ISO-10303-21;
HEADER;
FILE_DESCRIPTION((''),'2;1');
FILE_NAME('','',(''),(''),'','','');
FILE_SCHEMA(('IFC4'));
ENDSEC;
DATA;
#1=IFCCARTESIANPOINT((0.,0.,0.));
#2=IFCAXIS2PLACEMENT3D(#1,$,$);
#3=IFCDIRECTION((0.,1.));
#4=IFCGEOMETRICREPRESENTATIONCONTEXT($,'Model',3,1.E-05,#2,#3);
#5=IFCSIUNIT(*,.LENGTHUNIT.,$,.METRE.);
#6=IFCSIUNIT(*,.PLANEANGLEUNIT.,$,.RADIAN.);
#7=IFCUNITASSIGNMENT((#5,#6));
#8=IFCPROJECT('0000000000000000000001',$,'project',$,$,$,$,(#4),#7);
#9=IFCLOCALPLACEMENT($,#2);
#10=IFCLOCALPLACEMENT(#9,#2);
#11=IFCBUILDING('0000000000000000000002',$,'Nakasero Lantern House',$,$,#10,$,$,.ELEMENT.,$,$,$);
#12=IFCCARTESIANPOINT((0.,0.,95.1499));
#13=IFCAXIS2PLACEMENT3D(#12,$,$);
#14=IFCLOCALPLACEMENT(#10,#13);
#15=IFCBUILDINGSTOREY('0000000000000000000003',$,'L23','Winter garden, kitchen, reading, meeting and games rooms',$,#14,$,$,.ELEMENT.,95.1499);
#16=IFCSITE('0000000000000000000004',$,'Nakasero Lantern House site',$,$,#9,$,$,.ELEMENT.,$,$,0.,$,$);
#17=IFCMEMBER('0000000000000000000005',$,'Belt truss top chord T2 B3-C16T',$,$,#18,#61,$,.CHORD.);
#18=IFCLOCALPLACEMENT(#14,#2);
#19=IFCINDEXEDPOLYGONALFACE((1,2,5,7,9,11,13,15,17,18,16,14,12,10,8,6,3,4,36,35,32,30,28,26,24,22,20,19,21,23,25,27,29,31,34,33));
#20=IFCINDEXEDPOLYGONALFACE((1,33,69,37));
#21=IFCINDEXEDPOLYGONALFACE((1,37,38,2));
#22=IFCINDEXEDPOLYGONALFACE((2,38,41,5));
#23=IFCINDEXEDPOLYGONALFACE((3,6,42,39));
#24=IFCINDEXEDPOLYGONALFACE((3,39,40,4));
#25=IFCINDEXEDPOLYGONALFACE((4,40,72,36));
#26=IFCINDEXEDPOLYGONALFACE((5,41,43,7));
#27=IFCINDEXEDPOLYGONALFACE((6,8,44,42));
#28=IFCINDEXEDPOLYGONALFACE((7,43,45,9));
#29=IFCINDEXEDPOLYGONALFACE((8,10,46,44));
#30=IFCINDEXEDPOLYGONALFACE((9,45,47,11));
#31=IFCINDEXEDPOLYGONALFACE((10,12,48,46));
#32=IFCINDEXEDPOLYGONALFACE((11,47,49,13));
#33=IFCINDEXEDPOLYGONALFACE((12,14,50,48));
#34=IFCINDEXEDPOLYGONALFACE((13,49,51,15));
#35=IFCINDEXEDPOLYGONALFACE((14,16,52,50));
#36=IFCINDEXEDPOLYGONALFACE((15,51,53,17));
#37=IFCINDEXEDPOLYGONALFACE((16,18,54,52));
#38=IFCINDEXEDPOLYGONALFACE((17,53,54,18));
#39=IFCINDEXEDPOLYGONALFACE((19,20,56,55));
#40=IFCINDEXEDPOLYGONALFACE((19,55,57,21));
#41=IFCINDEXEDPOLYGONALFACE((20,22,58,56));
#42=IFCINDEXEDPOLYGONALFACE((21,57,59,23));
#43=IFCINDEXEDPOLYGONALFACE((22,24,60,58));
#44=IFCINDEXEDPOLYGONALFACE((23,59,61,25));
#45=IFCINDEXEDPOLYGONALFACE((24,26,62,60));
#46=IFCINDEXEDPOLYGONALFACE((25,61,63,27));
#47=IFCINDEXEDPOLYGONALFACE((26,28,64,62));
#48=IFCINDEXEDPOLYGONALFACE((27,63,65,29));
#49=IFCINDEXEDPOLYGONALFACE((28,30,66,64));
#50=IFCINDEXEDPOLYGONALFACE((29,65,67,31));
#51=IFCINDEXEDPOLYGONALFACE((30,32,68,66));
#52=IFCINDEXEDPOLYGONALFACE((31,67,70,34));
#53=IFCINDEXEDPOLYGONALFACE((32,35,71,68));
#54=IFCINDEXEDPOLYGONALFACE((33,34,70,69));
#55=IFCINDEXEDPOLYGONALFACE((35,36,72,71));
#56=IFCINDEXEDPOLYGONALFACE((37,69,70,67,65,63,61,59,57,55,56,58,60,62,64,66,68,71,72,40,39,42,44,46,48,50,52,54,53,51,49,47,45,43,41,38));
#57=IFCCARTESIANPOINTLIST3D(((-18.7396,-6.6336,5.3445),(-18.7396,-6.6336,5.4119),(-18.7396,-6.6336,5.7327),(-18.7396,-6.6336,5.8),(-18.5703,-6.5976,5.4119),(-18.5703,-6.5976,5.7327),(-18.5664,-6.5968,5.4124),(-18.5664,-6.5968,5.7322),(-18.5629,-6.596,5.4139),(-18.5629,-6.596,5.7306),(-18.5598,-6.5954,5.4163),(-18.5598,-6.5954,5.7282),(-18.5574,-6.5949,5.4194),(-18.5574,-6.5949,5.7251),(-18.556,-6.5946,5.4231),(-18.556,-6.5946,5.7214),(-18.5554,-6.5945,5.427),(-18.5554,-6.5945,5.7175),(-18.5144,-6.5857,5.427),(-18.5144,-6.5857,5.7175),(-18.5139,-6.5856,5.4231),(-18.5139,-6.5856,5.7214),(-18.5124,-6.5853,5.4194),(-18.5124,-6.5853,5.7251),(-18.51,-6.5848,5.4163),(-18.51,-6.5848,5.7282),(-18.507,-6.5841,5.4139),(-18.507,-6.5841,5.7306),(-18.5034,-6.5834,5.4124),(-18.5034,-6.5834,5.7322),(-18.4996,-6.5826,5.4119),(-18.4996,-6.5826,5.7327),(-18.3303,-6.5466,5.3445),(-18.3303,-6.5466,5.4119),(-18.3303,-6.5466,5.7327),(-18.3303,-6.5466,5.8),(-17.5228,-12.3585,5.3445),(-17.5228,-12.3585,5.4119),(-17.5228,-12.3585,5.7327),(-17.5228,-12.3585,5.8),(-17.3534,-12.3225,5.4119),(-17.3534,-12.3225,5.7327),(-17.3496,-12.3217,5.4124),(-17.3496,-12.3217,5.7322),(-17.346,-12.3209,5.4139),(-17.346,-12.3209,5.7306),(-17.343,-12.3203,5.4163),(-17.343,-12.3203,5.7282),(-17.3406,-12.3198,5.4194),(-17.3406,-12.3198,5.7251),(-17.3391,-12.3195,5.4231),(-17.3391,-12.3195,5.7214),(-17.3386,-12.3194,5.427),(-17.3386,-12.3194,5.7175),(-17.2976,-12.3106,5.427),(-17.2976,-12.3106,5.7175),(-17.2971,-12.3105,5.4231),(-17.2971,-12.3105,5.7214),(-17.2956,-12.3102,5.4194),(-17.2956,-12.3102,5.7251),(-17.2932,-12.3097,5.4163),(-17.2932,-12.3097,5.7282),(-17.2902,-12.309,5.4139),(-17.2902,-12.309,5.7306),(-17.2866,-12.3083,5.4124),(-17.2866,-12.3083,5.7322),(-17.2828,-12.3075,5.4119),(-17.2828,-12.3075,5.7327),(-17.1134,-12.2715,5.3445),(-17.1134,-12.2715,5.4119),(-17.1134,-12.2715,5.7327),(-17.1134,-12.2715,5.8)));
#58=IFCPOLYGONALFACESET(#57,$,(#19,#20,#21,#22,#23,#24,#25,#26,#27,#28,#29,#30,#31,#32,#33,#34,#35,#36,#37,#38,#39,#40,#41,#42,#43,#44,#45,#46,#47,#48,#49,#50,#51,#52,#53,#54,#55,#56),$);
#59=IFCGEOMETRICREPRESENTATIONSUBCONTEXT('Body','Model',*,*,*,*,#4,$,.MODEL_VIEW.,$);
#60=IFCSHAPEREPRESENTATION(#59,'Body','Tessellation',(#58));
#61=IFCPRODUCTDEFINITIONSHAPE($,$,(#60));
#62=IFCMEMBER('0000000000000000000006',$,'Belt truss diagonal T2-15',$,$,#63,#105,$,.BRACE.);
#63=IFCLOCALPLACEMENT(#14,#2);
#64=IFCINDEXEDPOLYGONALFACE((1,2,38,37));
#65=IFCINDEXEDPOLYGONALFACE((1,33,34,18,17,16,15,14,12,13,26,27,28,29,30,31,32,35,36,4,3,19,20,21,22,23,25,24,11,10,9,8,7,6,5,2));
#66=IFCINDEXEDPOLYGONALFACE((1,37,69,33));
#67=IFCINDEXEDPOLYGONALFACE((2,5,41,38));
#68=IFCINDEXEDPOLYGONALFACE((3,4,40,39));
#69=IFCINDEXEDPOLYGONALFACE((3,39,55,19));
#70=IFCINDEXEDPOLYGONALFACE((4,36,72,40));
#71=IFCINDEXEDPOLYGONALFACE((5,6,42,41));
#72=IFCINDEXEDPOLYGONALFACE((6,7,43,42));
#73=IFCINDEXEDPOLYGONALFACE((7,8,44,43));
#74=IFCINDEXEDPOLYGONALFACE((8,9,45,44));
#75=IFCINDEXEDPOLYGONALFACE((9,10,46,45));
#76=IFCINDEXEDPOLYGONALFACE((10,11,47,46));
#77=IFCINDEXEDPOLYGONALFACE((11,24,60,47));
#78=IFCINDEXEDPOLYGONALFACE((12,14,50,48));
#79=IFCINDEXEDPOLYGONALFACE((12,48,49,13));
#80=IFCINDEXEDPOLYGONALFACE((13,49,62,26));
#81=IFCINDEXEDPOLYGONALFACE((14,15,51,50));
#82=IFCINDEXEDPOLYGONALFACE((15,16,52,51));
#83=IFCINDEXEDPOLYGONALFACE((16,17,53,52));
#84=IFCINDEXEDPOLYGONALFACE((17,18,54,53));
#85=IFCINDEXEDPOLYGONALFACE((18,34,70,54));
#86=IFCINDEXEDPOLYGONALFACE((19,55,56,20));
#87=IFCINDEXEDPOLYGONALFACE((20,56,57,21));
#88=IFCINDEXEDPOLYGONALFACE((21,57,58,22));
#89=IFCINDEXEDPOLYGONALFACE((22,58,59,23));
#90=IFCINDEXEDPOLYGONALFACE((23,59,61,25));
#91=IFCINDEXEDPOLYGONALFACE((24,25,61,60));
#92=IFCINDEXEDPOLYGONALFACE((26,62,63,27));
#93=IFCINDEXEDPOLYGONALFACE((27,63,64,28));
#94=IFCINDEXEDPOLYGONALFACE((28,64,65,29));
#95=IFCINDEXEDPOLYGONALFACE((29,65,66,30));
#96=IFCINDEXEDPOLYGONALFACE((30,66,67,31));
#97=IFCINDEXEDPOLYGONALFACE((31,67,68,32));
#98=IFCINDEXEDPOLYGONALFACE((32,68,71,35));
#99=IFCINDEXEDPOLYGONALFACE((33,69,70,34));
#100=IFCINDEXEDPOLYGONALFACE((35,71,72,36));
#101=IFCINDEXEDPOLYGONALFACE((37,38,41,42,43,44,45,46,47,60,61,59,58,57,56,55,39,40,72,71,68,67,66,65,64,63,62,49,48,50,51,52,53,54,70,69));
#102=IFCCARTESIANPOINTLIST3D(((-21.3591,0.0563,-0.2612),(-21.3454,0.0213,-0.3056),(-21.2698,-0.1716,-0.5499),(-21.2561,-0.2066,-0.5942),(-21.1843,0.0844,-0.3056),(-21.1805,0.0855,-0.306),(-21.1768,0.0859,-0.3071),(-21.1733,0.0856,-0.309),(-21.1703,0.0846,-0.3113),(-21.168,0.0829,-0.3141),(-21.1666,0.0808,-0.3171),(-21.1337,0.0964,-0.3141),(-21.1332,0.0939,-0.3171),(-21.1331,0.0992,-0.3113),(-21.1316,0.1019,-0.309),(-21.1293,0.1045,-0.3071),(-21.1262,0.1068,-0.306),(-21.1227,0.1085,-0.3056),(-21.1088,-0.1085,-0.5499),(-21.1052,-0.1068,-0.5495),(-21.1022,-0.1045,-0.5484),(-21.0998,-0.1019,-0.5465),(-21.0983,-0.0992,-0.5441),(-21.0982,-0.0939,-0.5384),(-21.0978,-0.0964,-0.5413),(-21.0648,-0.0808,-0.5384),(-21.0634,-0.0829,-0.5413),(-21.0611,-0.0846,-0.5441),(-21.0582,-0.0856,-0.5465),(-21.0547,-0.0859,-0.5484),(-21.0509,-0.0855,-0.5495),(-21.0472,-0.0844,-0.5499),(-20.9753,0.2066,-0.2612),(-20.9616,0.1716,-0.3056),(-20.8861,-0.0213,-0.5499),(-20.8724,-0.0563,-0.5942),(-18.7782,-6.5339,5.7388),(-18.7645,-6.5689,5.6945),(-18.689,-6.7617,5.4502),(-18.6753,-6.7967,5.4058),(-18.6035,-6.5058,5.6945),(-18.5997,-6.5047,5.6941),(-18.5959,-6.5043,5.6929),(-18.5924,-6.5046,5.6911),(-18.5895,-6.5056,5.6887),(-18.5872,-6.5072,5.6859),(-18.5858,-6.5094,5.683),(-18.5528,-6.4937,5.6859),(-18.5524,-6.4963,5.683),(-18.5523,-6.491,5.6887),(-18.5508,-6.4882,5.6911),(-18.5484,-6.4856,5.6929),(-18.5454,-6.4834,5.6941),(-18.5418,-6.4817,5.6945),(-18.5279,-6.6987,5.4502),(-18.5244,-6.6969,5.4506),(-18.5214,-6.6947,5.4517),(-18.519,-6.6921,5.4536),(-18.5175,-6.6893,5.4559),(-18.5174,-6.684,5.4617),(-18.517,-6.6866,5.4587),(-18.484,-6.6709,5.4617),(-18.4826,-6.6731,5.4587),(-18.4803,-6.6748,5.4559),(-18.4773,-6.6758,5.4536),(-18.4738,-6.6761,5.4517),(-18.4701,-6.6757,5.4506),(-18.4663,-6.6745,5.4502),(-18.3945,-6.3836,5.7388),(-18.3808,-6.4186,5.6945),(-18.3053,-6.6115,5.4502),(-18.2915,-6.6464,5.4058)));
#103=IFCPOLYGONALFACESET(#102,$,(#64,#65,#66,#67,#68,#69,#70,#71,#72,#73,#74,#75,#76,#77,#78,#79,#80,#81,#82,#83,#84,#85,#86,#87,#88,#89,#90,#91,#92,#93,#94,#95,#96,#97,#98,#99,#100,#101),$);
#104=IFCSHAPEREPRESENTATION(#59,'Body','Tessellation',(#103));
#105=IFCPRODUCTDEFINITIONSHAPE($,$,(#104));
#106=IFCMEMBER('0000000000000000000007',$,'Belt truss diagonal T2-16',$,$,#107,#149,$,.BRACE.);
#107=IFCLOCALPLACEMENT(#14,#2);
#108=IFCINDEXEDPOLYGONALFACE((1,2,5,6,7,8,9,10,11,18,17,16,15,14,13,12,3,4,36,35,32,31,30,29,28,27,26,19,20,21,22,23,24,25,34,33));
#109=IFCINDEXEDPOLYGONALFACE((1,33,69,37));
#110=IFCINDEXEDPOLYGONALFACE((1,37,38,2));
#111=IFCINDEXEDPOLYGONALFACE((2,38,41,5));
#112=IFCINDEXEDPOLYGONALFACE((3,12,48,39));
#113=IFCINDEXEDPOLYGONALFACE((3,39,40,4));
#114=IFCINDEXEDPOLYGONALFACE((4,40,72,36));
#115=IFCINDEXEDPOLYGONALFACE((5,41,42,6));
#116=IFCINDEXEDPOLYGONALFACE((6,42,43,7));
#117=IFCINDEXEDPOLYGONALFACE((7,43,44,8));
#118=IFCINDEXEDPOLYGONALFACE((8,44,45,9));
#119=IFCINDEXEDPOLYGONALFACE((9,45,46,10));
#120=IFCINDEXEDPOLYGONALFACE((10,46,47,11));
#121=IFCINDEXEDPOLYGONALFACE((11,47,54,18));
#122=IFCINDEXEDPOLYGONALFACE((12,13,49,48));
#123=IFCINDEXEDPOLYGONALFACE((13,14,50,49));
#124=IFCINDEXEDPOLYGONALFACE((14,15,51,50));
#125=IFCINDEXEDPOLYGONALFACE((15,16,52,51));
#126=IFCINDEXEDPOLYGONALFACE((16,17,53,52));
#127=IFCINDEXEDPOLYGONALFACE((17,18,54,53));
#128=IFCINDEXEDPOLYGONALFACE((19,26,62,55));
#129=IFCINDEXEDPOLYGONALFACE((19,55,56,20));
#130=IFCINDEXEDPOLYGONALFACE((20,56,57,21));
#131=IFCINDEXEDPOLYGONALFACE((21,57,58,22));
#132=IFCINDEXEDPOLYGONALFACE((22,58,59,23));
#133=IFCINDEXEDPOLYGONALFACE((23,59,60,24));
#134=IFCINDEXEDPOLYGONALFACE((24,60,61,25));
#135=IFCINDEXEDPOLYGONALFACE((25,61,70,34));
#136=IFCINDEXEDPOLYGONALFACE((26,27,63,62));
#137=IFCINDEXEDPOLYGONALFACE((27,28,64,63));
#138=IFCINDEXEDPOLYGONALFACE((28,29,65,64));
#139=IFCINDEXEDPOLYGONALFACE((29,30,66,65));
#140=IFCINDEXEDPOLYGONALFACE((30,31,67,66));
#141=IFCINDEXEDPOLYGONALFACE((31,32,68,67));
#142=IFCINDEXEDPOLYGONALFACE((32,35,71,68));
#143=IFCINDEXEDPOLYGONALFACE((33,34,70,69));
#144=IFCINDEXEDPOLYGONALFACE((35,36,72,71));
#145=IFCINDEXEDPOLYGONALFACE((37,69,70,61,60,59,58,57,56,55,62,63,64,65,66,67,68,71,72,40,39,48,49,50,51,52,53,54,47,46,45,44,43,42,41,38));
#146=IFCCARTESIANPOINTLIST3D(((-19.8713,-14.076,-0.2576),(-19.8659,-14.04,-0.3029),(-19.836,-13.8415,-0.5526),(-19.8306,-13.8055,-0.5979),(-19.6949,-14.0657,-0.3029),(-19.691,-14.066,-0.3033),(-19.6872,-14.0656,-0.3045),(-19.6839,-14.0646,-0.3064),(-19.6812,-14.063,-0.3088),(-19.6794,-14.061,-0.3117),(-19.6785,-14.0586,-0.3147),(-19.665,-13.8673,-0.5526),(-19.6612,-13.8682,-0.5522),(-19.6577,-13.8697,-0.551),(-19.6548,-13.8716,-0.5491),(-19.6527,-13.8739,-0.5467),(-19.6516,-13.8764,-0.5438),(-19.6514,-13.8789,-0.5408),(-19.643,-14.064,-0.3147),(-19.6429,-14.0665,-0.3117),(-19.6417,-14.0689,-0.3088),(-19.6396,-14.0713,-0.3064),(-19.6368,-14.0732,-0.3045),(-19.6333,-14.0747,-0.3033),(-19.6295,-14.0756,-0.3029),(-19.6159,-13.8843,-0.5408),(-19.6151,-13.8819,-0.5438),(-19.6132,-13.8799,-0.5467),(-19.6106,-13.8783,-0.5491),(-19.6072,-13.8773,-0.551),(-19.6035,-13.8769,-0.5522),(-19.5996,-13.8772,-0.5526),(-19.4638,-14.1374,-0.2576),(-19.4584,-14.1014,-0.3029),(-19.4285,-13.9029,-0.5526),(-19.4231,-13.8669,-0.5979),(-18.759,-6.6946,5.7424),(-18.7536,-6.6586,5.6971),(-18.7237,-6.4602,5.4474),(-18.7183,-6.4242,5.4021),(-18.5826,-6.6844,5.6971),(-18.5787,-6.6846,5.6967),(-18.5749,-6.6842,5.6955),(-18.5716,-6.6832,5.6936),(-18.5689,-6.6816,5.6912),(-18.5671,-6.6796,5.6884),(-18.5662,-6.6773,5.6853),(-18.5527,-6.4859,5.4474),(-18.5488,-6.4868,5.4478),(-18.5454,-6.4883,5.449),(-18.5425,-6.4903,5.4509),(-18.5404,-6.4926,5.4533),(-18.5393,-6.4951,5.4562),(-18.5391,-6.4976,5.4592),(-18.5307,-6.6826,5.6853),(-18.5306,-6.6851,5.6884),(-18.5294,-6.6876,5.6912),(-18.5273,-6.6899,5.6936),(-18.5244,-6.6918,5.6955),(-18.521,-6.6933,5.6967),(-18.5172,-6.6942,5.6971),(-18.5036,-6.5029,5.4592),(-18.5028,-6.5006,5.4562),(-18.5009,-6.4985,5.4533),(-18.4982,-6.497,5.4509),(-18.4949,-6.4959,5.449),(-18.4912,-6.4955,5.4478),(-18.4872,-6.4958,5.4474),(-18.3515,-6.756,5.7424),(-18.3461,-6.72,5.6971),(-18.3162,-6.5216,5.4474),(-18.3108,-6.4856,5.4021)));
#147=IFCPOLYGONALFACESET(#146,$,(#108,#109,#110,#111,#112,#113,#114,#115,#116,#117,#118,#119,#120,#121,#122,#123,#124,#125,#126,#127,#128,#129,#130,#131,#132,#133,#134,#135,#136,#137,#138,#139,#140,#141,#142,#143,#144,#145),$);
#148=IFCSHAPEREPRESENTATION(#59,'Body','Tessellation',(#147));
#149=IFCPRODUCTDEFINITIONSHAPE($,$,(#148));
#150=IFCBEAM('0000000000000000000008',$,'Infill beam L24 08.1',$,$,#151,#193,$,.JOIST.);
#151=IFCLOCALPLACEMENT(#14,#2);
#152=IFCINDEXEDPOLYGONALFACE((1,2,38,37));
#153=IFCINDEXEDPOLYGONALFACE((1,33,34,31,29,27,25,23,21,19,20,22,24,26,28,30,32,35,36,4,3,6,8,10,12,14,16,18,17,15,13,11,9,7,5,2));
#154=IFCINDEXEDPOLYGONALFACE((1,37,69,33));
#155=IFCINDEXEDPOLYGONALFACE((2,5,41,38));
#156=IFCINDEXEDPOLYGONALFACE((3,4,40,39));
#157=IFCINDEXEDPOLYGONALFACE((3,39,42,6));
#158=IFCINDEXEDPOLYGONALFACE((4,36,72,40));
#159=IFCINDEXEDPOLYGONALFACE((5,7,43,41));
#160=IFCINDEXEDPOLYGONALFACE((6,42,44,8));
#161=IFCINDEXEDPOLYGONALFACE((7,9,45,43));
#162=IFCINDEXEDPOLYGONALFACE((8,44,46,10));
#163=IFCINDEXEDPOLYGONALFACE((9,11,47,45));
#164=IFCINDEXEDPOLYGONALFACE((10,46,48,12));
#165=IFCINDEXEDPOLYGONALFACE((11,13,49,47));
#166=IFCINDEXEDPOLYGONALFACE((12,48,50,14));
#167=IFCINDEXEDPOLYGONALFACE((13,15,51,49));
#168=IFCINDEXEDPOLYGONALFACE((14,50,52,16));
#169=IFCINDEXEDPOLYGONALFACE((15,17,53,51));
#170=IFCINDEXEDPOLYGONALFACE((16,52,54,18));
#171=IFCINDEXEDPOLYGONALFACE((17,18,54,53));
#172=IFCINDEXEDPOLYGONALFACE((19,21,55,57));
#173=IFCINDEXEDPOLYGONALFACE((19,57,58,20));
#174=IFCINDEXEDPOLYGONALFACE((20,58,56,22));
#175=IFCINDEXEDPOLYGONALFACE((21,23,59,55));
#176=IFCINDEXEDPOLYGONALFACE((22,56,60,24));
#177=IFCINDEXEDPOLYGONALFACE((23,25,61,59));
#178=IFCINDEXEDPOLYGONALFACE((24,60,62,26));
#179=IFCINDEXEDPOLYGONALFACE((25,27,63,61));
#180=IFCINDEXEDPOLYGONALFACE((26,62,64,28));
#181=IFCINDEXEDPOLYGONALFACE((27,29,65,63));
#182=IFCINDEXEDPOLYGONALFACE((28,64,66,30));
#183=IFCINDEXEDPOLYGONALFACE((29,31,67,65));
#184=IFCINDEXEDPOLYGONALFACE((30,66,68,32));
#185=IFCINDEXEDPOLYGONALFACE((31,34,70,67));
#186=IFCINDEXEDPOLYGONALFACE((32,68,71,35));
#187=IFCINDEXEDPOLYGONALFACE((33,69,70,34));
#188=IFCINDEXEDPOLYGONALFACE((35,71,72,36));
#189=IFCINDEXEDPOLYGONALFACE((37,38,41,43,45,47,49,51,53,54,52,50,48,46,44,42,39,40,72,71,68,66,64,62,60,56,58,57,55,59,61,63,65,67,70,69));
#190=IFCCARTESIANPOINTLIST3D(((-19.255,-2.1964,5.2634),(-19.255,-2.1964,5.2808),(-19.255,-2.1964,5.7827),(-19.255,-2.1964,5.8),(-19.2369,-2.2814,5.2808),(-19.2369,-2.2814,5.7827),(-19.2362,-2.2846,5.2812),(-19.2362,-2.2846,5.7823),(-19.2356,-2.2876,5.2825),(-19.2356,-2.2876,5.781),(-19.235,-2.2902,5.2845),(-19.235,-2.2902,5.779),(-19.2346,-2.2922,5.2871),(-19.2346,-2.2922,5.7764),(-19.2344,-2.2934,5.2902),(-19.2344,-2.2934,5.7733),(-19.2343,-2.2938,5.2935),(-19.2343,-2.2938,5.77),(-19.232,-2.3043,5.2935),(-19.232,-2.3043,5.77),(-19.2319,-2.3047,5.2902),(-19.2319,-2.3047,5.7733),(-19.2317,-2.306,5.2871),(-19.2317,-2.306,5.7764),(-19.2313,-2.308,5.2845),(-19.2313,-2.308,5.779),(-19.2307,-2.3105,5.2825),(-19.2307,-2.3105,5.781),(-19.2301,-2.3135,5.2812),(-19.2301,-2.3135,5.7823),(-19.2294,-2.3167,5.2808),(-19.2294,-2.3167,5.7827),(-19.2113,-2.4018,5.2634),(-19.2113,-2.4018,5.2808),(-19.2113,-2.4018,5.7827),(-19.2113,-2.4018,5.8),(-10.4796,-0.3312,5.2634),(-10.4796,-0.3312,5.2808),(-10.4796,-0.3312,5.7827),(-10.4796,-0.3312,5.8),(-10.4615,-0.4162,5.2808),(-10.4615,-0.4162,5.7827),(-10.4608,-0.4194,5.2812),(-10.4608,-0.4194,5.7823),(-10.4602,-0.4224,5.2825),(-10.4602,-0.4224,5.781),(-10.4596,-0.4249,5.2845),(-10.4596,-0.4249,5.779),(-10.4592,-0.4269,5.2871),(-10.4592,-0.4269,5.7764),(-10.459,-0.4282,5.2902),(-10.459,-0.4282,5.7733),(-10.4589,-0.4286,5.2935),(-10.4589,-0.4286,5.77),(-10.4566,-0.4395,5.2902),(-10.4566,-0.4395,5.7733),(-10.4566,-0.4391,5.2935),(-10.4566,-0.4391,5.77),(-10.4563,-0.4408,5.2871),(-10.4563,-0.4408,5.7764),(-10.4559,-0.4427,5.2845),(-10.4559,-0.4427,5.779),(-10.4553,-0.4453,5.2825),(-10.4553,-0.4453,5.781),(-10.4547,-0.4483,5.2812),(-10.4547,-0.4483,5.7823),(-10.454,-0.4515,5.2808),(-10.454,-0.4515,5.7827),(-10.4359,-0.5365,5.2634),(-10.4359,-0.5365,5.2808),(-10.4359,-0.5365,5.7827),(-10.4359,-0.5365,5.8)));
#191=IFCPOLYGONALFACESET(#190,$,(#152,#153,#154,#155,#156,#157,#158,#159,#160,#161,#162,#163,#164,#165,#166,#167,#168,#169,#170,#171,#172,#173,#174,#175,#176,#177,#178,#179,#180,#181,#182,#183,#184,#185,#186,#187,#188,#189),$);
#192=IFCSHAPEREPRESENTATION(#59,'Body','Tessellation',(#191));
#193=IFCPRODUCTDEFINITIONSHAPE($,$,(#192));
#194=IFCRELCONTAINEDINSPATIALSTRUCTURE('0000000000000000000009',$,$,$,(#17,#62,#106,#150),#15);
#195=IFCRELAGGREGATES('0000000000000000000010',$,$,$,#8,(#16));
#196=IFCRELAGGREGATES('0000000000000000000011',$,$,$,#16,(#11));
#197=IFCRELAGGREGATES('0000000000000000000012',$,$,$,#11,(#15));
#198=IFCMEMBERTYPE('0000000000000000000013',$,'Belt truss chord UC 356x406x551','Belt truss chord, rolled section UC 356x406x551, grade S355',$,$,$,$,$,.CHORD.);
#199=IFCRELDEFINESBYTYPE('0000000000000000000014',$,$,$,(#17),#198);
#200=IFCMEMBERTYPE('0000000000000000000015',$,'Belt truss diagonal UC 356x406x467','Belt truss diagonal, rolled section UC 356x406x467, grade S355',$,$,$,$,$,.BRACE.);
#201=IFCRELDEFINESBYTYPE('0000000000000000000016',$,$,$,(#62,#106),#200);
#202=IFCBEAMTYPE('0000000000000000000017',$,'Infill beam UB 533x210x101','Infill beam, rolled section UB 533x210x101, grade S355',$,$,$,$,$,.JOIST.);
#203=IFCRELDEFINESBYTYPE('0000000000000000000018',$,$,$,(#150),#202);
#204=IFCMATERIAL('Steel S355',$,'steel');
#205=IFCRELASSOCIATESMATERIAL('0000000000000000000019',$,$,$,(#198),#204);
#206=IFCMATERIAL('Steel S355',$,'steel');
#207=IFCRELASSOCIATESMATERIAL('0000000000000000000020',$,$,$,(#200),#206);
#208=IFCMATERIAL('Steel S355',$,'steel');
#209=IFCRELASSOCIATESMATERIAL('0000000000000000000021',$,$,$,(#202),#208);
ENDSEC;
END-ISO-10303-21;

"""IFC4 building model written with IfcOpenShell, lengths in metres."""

from ifc_helpers import new_model, si_unit, direction, frame, origin, origin_2d, place, context, subcontext, project, spatial, i_section, extrude, material, material_profile, profile_set, type_object, element, save


model = new_model("IFC4")

# Units and contexts
model_context = context("Model", 3, precision=1e-05, world=origin(), true_north=direction((0.0, 1.0)))
body_context = subcontext(model_context, "Body", "Model", "MODEL_VIEW")
ifc_project = project(units=[si_unit("LENGTHUNIT", "METRE"), si_unit("PLANEANGLEUNIT", "RADIAN")], contexts=[model_context])

# Site, building, storey
site_placement = place(None, origin())
site = spatial("IfcSite", under=ifc_project, at=site_placement, Name="Nakasero Lantern House site", CompositionType="ELEMENT", RefElevation=0.0)
building_placement = place(site_placement, origin())
building = spatial("IfcBuilding", under=site, at=building_placement, Name="Nakasero Lantern House", CompositionType="ELEMENT")
storey_placement = place(building_placement, frame((0.0, 0.0, 95.1499)))
storey = spatial("IfcBuildingStorey", under=building, at=storey_placement, Name="L23", Description="Winter garden, kitchen, reading, meeting and games rooms", CompositionType="ELEMENT", Elevation=95.1499)

# Members
ifc_material_1 = material(Name="Steel S355", Category="steel")
ifc_material_profile_1 = material_profile(ifc_material_1, i_section(OverallWidth=0.4185, OverallDepth=0.4556, WebThickness=0.042, FlangeThickness=0.0674, FilletRadius=0.0151, at=origin_2d()), Name="UC 356x406x551")
ifc_profile_set_1 = profile_set([ifc_material_profile_1], Name="Steel S355")
member_type_1 = type_object("IfcMemberType", Name="Belt truss chord UC 356x406x551", Description="Belt truss chord, rolled section UC 356x406x551, grade S355", PredefinedType="CHORD", material=ifc_profile_set_1)
member_1_placement = place(storey_placement, frame((-18.5349, -6.5901, 5.5723), z_axis=(0.207902, -0.97815, 0.0), x_axis=(0.97815, 0.207902, 0.0)))
element("IfcMember", 1, at=member_1_placement, inside=storey, type_object=member_type_1, Name="Belt truss top chord T2 B3-C16T", PredefinedType="CHORD", context=body_context, shape_type="SweptSolid", body=[
    extrude(i_section(OverallWidth=0.4185, OverallDepth=0.4556, WebThickness=0.042, FlangeThickness=0.0674, FilletRadius=0.0151, at=origin_2d()), origin(), (0.0, 0.0, 1.0), 5.8528),
])
ifc_material_2 = material(Name="Steel S355", Category="steel")
ifc_material_profile_2 = material_profile(ifc_material_2, i_section(OverallWidth=0.4121, OverallDepth=0.4365, WebThickness=0.0359, FlangeThickness=0.0581, FilletRadius=0.0151, at=origin_2d()), Name="UC 356x406x467")
ifc_profile_set_2 = profile_set([ifc_material_profile_2], Name="Steel S355")
member_type_2 = type_object("IfcMemberType", Name="Belt truss diagonal UC 356x406x467", Description="Belt truss diagonal, rolled section UC 356x406x467, grade S355", PredefinedType="BRACE", material=ifc_profile_set_2)
member_2_placement = place(storey_placement, frame((-21.1157, 0.0, -0.4277), z_axis=(0.278151, -0.710257, 0.646659), x_axis=(0.931143, 0.364654, 0.0)))
element("IfcMember", 2, at=member_2_placement, inside=storey, type_object=member_type_2, Name="Belt truss diagonal T2-15", PredefinedType="BRACE", context=body_context, shape_type="SweptSolid", body=[
    extrude(i_section(OverallWidth=0.4121, OverallDepth=0.4365, WebThickness=0.0359, FlangeThickness=0.0581, FilletRadius=0.0151, at=origin_2d()), origin(), (0.0, 0.0, 1.0), 9.2786),
])
member_3_placement = place(storey_placement, frame((-18.5349, -6.5901, 5.5723), z_axis=(-0.116142, -0.770726, -0.626492), x_axis=(0.988836, -0.149009, 0.0)))
element("IfcMember", 3, at=member_3_placement, inside=storey, type_object=member_type_2, Name="Belt truss diagonal T2-16", PredefinedType="BRACE", context=body_context, shape_type="SweptSolid", body=[
    extrude(i_section(OverallWidth=0.4121, OverallDepth=0.4365, WebThickness=0.0359, FlangeThickness=0.0581, FilletRadius=0.0151, at=origin_2d()), origin(), (0.0, 0.0, 1.0), 9.5771),
])

# Beam
ifc_material_3 = material(Name="Steel S355", Category="steel")
ifc_material_profile_3 = material_profile(ifc_material_3, i_section(OverallWidth=0.21, OverallDepth=0.5366, WebThickness=0.0107, FlangeThickness=0.0173, FilletRadius=0.0127, at=origin_2d()), Name="UB 533x210x101")
ifc_profile_set_3 = profile_set([ifc_material_profile_3], Name="Steel S355")
beam_type_1 = type_object("IfcBeamType", Name="Infill beam UB 533x210x101", Description="Infill beam, rolled section UB 533x210x101, grade S355", PredefinedType="JOIST", material=ifc_profile_set_3)
beam_1_placement = place(storey_placement, frame((-19.2332, -2.2991, 5.5317), z_axis=(0.978148, 0.207908, 0.0), x_axis=(-0.207908, 0.978148, 0.0)))
element("IfcBeam", 4, at=beam_1_placement, inside=storey, type_object=beam_type_1, Name="Infill beam L24 08.1", PredefinedType="JOIST", context=body_context, shape_type="SweptSolid", body=[
    extrude(i_section(OverallWidth=0.21, OverallDepth=0.5366, WebThickness=0.0107, FlangeThickness=0.0173, FilletRadius=0.0127, at=origin_2d()), origin(), (0.0, 0.0, 1.0), 8.9714),
])

save(model, "model.ifc")
